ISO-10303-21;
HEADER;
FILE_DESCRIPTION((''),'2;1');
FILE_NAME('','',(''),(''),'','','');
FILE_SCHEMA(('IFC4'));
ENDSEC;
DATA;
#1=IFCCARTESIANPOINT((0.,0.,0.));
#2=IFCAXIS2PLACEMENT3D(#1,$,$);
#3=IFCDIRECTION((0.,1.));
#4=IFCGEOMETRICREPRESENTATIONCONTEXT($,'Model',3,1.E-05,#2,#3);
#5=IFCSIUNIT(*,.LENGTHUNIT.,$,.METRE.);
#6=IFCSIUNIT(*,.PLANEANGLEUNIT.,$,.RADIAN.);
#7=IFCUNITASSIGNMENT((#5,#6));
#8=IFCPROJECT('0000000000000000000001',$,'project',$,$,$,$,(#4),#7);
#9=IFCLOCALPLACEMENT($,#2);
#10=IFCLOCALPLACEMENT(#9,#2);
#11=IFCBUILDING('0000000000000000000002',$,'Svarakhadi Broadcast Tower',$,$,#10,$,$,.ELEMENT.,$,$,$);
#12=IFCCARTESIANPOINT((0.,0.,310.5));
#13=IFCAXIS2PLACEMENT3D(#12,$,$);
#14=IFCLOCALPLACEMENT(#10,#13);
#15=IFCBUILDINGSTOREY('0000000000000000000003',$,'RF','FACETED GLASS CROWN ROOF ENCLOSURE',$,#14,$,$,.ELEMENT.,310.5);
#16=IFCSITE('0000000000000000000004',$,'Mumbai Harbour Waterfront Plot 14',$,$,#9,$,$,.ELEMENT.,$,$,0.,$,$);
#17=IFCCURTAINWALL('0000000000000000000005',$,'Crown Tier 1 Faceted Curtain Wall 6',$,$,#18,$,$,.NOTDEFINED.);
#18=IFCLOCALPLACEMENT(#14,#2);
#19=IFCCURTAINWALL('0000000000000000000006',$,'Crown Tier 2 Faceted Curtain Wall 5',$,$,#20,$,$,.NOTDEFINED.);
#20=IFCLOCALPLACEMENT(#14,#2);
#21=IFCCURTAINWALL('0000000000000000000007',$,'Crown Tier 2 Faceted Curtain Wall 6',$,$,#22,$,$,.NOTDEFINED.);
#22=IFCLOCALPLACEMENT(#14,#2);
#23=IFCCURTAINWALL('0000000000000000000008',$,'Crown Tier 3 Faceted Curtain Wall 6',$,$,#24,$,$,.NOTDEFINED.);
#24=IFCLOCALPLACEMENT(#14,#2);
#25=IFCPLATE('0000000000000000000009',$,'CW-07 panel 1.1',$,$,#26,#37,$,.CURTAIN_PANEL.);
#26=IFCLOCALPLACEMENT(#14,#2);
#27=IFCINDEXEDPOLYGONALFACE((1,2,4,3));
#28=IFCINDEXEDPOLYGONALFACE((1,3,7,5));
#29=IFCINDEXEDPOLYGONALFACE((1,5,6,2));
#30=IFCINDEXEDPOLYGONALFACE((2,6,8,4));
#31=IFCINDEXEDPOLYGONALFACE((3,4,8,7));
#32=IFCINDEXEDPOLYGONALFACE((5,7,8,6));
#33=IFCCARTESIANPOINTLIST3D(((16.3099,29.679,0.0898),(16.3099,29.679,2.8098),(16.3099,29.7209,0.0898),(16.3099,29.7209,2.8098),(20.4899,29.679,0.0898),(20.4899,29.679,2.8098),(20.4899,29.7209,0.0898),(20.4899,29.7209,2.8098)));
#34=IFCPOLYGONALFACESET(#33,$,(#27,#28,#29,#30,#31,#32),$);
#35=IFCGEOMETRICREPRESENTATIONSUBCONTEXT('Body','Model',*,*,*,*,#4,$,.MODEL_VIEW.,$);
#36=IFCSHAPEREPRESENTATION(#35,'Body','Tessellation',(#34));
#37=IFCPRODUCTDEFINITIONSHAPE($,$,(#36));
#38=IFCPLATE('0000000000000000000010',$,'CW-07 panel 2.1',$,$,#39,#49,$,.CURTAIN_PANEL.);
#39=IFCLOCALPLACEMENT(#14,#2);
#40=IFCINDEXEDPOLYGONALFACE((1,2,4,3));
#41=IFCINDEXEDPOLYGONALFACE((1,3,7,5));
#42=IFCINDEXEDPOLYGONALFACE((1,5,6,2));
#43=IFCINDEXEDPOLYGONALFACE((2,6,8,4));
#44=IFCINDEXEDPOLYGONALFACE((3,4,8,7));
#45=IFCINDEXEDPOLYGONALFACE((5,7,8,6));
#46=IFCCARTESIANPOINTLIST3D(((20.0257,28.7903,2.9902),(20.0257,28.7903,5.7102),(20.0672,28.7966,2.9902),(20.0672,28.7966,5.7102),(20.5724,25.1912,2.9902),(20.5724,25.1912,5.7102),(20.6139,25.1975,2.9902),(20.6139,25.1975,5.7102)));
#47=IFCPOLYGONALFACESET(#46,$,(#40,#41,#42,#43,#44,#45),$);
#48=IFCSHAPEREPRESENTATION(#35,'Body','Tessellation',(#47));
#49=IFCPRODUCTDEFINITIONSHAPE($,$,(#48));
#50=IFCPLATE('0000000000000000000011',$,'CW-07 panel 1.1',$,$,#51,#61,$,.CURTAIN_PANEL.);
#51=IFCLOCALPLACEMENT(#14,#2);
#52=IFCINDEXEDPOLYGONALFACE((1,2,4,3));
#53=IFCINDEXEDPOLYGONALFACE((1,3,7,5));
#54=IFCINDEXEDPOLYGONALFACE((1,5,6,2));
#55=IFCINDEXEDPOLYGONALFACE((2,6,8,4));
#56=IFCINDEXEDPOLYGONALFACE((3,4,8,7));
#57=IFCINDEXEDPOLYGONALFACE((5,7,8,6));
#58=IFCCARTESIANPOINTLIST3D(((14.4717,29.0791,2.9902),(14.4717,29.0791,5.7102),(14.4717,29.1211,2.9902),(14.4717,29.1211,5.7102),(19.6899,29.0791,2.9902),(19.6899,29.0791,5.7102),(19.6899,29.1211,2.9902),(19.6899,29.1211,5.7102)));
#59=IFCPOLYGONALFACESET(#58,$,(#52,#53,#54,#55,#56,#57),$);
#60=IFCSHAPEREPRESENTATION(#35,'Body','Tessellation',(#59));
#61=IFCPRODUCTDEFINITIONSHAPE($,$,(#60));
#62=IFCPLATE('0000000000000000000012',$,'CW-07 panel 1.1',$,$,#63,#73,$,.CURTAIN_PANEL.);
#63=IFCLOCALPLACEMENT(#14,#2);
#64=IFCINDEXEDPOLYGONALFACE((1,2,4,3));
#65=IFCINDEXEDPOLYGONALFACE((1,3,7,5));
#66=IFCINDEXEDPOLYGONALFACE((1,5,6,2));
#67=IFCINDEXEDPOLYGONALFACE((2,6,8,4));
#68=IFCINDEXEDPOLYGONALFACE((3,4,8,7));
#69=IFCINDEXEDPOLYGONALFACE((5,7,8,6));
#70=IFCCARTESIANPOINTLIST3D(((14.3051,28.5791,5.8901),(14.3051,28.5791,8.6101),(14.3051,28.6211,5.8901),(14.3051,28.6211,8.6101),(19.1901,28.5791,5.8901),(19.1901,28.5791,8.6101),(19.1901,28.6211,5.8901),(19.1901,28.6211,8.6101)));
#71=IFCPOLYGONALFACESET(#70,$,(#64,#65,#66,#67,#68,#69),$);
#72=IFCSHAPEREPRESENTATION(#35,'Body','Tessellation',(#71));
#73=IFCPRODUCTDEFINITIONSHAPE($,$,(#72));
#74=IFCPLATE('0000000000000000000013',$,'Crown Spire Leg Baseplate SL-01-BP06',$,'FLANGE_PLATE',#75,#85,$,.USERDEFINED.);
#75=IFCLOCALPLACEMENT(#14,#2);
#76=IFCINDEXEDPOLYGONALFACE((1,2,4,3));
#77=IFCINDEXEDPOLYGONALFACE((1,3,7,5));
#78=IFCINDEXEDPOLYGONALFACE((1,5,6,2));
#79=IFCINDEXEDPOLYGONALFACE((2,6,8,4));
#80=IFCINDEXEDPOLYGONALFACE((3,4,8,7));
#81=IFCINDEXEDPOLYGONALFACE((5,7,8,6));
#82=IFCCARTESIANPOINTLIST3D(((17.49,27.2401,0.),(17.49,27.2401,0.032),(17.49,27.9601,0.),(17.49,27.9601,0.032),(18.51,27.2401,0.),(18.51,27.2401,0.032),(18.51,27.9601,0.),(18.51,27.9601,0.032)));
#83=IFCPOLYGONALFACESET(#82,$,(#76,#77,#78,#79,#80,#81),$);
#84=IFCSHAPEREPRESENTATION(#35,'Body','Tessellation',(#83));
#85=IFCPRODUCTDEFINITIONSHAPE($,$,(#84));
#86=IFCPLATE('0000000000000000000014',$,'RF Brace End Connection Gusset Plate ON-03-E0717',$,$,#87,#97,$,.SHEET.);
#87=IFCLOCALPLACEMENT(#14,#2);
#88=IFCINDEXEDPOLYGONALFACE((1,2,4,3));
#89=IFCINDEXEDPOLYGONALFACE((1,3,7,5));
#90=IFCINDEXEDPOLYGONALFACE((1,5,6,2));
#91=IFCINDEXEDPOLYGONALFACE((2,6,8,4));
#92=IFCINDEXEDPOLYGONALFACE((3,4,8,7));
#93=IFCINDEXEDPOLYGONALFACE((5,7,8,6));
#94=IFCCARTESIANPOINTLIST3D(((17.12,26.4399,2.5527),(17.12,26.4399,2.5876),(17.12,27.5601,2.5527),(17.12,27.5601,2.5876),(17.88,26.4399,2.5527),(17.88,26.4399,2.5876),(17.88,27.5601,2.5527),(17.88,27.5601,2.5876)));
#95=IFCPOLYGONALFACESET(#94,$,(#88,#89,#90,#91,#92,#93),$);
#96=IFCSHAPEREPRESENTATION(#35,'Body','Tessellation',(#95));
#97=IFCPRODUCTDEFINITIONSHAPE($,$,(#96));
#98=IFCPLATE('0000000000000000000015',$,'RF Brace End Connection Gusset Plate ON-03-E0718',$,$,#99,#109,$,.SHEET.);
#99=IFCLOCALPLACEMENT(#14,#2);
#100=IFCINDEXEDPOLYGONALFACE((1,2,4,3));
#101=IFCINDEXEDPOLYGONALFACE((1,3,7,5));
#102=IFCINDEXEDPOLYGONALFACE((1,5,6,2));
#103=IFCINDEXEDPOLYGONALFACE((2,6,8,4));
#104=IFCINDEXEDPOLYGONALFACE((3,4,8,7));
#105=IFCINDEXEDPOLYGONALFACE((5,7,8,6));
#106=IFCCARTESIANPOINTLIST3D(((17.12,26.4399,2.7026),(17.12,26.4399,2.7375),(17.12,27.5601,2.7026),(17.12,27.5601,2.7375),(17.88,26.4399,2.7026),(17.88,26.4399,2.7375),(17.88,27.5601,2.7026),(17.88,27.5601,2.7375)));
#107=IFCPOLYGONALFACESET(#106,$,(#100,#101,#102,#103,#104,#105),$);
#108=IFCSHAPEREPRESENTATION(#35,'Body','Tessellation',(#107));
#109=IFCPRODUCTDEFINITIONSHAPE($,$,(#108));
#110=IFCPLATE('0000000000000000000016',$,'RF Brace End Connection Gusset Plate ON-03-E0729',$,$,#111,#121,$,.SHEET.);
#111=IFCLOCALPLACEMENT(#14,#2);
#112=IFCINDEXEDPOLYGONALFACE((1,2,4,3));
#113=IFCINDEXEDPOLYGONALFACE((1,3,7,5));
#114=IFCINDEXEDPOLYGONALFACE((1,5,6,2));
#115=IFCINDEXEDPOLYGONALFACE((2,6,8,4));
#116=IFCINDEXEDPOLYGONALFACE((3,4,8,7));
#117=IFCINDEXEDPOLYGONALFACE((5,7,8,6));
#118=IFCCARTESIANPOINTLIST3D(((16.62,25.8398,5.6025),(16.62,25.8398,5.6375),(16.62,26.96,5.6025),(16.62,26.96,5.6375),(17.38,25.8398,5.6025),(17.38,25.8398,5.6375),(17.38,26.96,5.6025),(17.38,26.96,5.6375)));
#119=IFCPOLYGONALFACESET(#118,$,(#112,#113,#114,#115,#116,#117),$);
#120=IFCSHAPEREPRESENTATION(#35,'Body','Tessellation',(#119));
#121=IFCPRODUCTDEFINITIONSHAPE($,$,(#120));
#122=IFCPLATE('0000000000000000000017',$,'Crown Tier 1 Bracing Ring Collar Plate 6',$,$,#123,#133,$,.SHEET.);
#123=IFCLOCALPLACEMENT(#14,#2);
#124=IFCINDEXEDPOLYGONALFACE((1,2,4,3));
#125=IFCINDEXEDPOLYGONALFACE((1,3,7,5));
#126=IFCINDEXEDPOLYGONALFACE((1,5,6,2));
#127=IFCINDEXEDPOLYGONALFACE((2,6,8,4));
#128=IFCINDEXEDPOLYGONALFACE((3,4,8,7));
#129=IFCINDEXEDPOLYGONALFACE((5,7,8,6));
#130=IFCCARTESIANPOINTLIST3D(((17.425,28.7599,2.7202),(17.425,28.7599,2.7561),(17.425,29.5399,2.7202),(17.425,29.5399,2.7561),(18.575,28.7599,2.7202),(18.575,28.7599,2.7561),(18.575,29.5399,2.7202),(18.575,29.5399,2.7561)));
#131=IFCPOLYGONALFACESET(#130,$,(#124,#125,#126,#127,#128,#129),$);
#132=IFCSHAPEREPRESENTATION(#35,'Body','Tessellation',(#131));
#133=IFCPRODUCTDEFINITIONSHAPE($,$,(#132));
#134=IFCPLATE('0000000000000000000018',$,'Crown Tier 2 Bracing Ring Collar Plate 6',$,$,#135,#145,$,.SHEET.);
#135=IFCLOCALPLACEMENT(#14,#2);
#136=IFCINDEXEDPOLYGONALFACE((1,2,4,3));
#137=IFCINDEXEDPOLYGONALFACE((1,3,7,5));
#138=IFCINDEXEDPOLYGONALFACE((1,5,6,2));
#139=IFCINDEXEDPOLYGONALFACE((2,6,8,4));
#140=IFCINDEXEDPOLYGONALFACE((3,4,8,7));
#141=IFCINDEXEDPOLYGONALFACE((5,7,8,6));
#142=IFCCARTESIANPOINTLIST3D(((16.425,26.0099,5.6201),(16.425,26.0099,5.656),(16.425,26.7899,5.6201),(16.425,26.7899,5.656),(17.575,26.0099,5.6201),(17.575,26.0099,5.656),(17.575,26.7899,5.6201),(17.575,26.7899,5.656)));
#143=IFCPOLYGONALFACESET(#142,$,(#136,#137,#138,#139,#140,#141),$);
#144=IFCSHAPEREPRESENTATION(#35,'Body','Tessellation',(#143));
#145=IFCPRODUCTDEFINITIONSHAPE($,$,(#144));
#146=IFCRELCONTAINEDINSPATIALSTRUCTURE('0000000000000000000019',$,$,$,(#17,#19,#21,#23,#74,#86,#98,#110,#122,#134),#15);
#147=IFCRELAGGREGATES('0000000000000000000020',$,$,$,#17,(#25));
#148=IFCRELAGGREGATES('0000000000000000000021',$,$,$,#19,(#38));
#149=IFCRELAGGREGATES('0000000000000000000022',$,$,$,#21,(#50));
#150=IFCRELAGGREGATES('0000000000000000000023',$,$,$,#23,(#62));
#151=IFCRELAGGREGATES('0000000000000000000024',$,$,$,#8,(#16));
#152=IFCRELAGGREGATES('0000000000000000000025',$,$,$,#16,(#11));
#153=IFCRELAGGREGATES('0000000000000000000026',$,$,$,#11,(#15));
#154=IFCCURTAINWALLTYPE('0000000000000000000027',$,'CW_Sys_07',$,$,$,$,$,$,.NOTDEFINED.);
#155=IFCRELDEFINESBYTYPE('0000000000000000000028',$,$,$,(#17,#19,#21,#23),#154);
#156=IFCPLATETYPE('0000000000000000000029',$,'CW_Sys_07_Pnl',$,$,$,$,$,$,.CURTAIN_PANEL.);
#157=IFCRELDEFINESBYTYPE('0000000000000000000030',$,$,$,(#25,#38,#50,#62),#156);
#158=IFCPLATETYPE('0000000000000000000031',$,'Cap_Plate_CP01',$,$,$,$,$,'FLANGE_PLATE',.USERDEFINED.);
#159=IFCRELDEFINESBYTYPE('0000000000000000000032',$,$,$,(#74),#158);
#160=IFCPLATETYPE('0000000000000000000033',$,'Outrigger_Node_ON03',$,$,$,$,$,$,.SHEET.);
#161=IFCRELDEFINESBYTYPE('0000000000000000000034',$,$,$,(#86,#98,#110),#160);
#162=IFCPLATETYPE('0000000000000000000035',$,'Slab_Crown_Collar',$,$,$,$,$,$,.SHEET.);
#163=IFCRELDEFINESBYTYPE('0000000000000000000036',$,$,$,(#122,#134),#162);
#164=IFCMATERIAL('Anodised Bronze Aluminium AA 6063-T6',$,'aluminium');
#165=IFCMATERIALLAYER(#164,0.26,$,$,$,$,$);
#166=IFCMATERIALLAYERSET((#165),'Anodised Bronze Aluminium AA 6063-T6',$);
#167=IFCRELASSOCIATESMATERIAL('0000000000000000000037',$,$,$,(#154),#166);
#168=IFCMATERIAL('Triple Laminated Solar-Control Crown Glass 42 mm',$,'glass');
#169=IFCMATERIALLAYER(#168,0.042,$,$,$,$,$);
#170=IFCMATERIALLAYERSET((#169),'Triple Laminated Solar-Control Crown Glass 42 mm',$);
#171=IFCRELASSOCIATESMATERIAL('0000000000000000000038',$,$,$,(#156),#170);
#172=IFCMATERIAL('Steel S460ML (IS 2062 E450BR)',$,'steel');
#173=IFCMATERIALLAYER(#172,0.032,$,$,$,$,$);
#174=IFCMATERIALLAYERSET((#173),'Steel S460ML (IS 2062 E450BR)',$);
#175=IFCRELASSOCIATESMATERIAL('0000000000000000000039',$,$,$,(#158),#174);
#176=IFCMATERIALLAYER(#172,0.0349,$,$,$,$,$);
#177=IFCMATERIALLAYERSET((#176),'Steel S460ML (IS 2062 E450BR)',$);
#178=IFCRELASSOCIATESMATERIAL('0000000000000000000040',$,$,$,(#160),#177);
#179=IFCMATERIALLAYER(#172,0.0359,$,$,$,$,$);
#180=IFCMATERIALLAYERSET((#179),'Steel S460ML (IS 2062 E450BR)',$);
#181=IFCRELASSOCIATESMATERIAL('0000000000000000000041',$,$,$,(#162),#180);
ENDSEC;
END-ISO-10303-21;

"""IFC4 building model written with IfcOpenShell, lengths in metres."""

from ifc_helpers import new_model, si_unit, direction, frame, origin, origin_2d, place, context, subcontext, project, spatial, rectangle, extrude, material, layer, layer_set, type_object, element, aggregate, save


model = new_model("IFC4")

# Units and contexts
model_context = context("Model", 3, precision=1e-05, world=origin(), true_north=direction((0.0, 1.0)))
body_context = subcontext(model_context, "Body", "Model", "MODEL_VIEW")
ifc_project = project(units=[si_unit("LENGTHUNIT", "METRE"), si_unit("PLANEANGLEUNIT", "RADIAN")], contexts=[model_context])

# Site, building, storey
site_placement = place(None, origin())
site = spatial("IfcSite", under=ifc_project, at=site_placement, Name="Mumbai Harbour Waterfront Plot 14", CompositionType="ELEMENT", RefElevation=0.0)
building_placement = place(site_placement, origin())
building = spatial("IfcBuilding", under=site, at=building_placement, Name="Svarakhadi Broadcast Tower", CompositionType="ELEMENT")
storey_placement = place(building_placement, frame((0.0, 0.0, 310.5)))
storey = spatial("IfcBuildingStorey", under=building, at=storey_placement, Name="RF", Description="FACETED GLASS CROWN ROOF ENCLOSURE", CompositionType="ELEMENT", Elevation=310.5)

# Shared definitions
ifc_material_1 = material(Name="Steel S460ML (IS 2062 E450BR)", Category="steel")

# Curtain wall
ifc_material_2 = material(Name="Anodised Bronze Aluminium AA 6063-T6", Category="aluminium")
ifc_layer_1 = layer(ifc_material_2, 0.26)
ifc_layer_set_1 = layer_set([ifc_layer_1], Name="Anodised Bronze Aluminium AA 6063-T6")
curtain_wall_type = type_object("IfcCurtainWallType", Name="CW_Sys_07", PredefinedType="NOTDEFINED", material=ifc_layer_set_1)
curtain_wall_1_placement = place(storey_placement, origin())
curtain_wall_1 = element("IfcCurtainWall", 1, at=curtain_wall_1_placement, inside=storey, type_object=curtain_wall_type, Name="Crown Tier 1 Faceted Curtain Wall 6", PredefinedType="NOTDEFINED")

# Curtain wall
curtain_wall_2_placement = place(storey_placement, origin())
curtain_wall_2 = element("IfcCurtainWall", 2, at=curtain_wall_2_placement, inside=storey, type_object=curtain_wall_type, Name="Crown Tier 2 Faceted Curtain Wall 5", PredefinedType="NOTDEFINED")

# Curtain wall
curtain_wall_3_placement = place(storey_placement, origin())
curtain_wall_3 = element("IfcCurtainWall", 3, at=curtain_wall_3_placement, inside=storey, type_object=curtain_wall_type, Name="Crown Tier 2 Faceted Curtain Wall 6", PredefinedType="NOTDEFINED")

# Curtain wall
curtain_wall_4_placement = place(storey_placement, origin())
curtain_wall_4 = element("IfcCurtainWall", 4, at=curtain_wall_4_placement, inside=storey, type_object=curtain_wall_type, Name="Crown Tier 3 Faceted Curtain Wall 6", PredefinedType="NOTDEFINED")

# Plates
ifc_material_3 = material(Name="Triple Laminated Solar-Control Crown Glass 42 mm", Category="glass")
ifc_layer_2 = layer(ifc_material_3, 0.042)
ifc_layer_set_2 = layer_set([ifc_layer_2], Name="Triple Laminated Solar-Control Crown Glass 42 mm")
plate_type_1 = type_object("IfcPlateType", Name="CW_Sys_07_Pnl", PredefinedType="CURTAIN_PANEL", material=ifc_layer_set_2)
plate_1_placement = place(storey_placement, frame((18.3999, 29.7, 0.0898), z_axis=(0.0, 0.0, 1.0), x_axis=(-1.0, 0.0, 0.0)))
plate_1 = element("IfcPlate", 5, at=plate_1_placement, type_object=plate_type_1, Name="CW-07 panel 1.1", PredefinedType="CURTAIN_PANEL", context=body_context, shape_type="SweptSolid", body=[
    extrude(rectangle(XDim=4.1799, YDim=0.042, at=origin_2d()), origin(), (0.0, 0.0, 1.0), 2.72),
])
aggregate(curtain_wall_1, [plate_1])
plate_2_placement = place(storey_placement, frame((20.3198, 26.9939, 2.9902), z_axis=(0.0, 0.0, 1.0), x_axis=(-0.150186, 0.988658, 0.0)))
plate_2 = element("IfcPlate", 6, at=plate_2_placement, type_object=plate_type_1, Name="CW-07 panel 2.1", PredefinedType="CURTAIN_PANEL", context=body_context, shape_type="SweptSolid", body=[
    extrude(rectangle(XDim=3.6404, YDim=0.042, at=origin_2d()), origin(), (0.0, 0.0, 1.0), 2.72),
])
aggregate(curtain_wall_2, [plate_2])
plate_3_placement = place(storey_placement, frame((17.0808, 29.1001, 2.9902), z_axis=(0.0, 0.0, 1.0), x_axis=(-1.0, 0.0, 0.0)))
plate_3 = element("IfcPlate", 7, at=plate_3_placement, type_object=plate_type_1, Name="CW-07 panel 1.1", PredefinedType="CURTAIN_PANEL", context=body_context, shape_type="SweptSolid", body=[
    extrude(rectangle(XDim=5.2183, YDim=0.042, at=origin_2d()), origin(), (0.0, 0.0, 1.0), 2.72),
])
aggregate(curtain_wall_3, [plate_3])
plate_4_placement = place(storey_placement, frame((16.7476, 28.6001, 5.8901), z_axis=(0.0, 0.0, 1.0), x_axis=(-1.0, 0.0, 0.0)))
plate_4 = element("IfcPlate", 8, at=plate_4_placement, type_object=plate_type_1, Name="CW-07 panel 1.1", PredefinedType="CURTAIN_PANEL", context=body_context, shape_type="SweptSolid", body=[
    extrude(rectangle(XDim=4.885, YDim=0.042, at=origin_2d()), origin(), (0.0, 0.0, 1.0), 2.72),
])
aggregate(curtain_wall_4, [plate_4])

# Plates
ifc_layer_3 = layer(ifc_material_1, 0.032)
ifc_layer_set_3 = layer_set([ifc_layer_3], Name="Steel S460ML (IS 2062 E450BR)")
plate_type_2 = type_object("IfcPlateType", Name="Cap_Plate_CP01", ElementType="FLANGE_PLATE", PredefinedType="USERDEFINED", material=ifc_layer_set_3)
plate_5_placement = place(storey_placement, frame((18.0, 27.6001, 0.0), z_axis=(0.0, 0.0, 1.0), x_axis=(1.0, 0.0, 0.0)))
element("IfcPlate", 9, at=plate_5_placement, inside=storey, type_object=plate_type_2, Name="Crown Spire Leg Baseplate SL-01-BP06", ObjectType="FLANGE_PLATE", PredefinedType="USERDEFINED", context=body_context, shape_type="SweptSolid", body=[
    extrude(rectangle(XDim=1.02, YDim=0.72, at=origin_2d()), origin(), (0.0, 0.0, 1.0), 0.032),
])
ifc_layer_4 = layer(ifc_material_1, 0.0349)
ifc_layer_set_4 = layer_set([ifc_layer_4], Name="Steel S460ML (IS 2062 E450BR)")
plate_type_3 = type_object("IfcPlateType", Name="Outrigger_Node_ON03", PredefinedType="SHEET", material=ifc_layer_set_4)
for number, where, z_axis, x_axis, name in (
    (10, (17.5, 27.0, 2.5527), (0.0, 0.0, 1.0), (0.0, 1.0, 0.0), "RF Brace End Connection Gusset Plate ON-03-E0717"),
    (11, (17.5, 27.0, 2.7026), (0.0, 0.0, 1.0), (0.0, 1.0, 0.0), "RF Brace End Connection Gusset Plate ON-03-E0718"),
    (12, (17.0, 26.3999, 5.6025), (0.0, 0.0, 1.0), (0.0, 1.0, 0.0), "RF Brace End Connection Gusset Plate ON-03-E0729"),
):
    element("IfcPlate", number, at=place(storey_placement, frame(where, z_axis=z_axis, x_axis=x_axis)), inside=storey, type_object=plate_type_3, Name=name, PredefinedType="SHEET", context=body_context, shape_type="SweptSolid", body=[
        extrude(rectangle(XDim=1.1201, YDim=0.76, at=origin_2d()), origin(), (0.0, 0.0, 1.0), 0.0349),
    ])
ifc_layer_5 = layer(ifc_material_1, 0.0359)
ifc_layer_set_5 = layer_set([ifc_layer_5], Name="Steel S460ML (IS 2062 E450BR)")
plate_type_4 = type_object("IfcPlateType", Name="Slab_Crown_Collar", PredefinedType="SHEET", material=ifc_layer_set_5)
for number, where, z_axis, x_axis, name in (
    (13, (18.0, 29.1499, 2.7202), (0.0, 0.0, 1.0), (1.0, 0.0, 0.0), "Crown Tier 1 Bracing Ring Collar Plate 6"),
    (14, (17.0, 26.3999, 5.6201), (0.0, 0.0, 1.0), (1.0, 0.0, 0.0), "Crown Tier 2 Bracing Ring Collar Plate 6"),
):
    element("IfcPlate", number, at=place(storey_placement, frame(where, z_axis=z_axis, x_axis=x_axis)), inside=storey, type_object=plate_type_4, Name=name, PredefinedType="SHEET", context=body_context, shape_type="SweptSolid", body=[
        extrude(rectangle(XDim=1.1499, YDim=0.78, at=origin_2d()), origin(), (0.0, 0.0, 1.0), 0.0359),
    ])

save(model, "model.ifc")
